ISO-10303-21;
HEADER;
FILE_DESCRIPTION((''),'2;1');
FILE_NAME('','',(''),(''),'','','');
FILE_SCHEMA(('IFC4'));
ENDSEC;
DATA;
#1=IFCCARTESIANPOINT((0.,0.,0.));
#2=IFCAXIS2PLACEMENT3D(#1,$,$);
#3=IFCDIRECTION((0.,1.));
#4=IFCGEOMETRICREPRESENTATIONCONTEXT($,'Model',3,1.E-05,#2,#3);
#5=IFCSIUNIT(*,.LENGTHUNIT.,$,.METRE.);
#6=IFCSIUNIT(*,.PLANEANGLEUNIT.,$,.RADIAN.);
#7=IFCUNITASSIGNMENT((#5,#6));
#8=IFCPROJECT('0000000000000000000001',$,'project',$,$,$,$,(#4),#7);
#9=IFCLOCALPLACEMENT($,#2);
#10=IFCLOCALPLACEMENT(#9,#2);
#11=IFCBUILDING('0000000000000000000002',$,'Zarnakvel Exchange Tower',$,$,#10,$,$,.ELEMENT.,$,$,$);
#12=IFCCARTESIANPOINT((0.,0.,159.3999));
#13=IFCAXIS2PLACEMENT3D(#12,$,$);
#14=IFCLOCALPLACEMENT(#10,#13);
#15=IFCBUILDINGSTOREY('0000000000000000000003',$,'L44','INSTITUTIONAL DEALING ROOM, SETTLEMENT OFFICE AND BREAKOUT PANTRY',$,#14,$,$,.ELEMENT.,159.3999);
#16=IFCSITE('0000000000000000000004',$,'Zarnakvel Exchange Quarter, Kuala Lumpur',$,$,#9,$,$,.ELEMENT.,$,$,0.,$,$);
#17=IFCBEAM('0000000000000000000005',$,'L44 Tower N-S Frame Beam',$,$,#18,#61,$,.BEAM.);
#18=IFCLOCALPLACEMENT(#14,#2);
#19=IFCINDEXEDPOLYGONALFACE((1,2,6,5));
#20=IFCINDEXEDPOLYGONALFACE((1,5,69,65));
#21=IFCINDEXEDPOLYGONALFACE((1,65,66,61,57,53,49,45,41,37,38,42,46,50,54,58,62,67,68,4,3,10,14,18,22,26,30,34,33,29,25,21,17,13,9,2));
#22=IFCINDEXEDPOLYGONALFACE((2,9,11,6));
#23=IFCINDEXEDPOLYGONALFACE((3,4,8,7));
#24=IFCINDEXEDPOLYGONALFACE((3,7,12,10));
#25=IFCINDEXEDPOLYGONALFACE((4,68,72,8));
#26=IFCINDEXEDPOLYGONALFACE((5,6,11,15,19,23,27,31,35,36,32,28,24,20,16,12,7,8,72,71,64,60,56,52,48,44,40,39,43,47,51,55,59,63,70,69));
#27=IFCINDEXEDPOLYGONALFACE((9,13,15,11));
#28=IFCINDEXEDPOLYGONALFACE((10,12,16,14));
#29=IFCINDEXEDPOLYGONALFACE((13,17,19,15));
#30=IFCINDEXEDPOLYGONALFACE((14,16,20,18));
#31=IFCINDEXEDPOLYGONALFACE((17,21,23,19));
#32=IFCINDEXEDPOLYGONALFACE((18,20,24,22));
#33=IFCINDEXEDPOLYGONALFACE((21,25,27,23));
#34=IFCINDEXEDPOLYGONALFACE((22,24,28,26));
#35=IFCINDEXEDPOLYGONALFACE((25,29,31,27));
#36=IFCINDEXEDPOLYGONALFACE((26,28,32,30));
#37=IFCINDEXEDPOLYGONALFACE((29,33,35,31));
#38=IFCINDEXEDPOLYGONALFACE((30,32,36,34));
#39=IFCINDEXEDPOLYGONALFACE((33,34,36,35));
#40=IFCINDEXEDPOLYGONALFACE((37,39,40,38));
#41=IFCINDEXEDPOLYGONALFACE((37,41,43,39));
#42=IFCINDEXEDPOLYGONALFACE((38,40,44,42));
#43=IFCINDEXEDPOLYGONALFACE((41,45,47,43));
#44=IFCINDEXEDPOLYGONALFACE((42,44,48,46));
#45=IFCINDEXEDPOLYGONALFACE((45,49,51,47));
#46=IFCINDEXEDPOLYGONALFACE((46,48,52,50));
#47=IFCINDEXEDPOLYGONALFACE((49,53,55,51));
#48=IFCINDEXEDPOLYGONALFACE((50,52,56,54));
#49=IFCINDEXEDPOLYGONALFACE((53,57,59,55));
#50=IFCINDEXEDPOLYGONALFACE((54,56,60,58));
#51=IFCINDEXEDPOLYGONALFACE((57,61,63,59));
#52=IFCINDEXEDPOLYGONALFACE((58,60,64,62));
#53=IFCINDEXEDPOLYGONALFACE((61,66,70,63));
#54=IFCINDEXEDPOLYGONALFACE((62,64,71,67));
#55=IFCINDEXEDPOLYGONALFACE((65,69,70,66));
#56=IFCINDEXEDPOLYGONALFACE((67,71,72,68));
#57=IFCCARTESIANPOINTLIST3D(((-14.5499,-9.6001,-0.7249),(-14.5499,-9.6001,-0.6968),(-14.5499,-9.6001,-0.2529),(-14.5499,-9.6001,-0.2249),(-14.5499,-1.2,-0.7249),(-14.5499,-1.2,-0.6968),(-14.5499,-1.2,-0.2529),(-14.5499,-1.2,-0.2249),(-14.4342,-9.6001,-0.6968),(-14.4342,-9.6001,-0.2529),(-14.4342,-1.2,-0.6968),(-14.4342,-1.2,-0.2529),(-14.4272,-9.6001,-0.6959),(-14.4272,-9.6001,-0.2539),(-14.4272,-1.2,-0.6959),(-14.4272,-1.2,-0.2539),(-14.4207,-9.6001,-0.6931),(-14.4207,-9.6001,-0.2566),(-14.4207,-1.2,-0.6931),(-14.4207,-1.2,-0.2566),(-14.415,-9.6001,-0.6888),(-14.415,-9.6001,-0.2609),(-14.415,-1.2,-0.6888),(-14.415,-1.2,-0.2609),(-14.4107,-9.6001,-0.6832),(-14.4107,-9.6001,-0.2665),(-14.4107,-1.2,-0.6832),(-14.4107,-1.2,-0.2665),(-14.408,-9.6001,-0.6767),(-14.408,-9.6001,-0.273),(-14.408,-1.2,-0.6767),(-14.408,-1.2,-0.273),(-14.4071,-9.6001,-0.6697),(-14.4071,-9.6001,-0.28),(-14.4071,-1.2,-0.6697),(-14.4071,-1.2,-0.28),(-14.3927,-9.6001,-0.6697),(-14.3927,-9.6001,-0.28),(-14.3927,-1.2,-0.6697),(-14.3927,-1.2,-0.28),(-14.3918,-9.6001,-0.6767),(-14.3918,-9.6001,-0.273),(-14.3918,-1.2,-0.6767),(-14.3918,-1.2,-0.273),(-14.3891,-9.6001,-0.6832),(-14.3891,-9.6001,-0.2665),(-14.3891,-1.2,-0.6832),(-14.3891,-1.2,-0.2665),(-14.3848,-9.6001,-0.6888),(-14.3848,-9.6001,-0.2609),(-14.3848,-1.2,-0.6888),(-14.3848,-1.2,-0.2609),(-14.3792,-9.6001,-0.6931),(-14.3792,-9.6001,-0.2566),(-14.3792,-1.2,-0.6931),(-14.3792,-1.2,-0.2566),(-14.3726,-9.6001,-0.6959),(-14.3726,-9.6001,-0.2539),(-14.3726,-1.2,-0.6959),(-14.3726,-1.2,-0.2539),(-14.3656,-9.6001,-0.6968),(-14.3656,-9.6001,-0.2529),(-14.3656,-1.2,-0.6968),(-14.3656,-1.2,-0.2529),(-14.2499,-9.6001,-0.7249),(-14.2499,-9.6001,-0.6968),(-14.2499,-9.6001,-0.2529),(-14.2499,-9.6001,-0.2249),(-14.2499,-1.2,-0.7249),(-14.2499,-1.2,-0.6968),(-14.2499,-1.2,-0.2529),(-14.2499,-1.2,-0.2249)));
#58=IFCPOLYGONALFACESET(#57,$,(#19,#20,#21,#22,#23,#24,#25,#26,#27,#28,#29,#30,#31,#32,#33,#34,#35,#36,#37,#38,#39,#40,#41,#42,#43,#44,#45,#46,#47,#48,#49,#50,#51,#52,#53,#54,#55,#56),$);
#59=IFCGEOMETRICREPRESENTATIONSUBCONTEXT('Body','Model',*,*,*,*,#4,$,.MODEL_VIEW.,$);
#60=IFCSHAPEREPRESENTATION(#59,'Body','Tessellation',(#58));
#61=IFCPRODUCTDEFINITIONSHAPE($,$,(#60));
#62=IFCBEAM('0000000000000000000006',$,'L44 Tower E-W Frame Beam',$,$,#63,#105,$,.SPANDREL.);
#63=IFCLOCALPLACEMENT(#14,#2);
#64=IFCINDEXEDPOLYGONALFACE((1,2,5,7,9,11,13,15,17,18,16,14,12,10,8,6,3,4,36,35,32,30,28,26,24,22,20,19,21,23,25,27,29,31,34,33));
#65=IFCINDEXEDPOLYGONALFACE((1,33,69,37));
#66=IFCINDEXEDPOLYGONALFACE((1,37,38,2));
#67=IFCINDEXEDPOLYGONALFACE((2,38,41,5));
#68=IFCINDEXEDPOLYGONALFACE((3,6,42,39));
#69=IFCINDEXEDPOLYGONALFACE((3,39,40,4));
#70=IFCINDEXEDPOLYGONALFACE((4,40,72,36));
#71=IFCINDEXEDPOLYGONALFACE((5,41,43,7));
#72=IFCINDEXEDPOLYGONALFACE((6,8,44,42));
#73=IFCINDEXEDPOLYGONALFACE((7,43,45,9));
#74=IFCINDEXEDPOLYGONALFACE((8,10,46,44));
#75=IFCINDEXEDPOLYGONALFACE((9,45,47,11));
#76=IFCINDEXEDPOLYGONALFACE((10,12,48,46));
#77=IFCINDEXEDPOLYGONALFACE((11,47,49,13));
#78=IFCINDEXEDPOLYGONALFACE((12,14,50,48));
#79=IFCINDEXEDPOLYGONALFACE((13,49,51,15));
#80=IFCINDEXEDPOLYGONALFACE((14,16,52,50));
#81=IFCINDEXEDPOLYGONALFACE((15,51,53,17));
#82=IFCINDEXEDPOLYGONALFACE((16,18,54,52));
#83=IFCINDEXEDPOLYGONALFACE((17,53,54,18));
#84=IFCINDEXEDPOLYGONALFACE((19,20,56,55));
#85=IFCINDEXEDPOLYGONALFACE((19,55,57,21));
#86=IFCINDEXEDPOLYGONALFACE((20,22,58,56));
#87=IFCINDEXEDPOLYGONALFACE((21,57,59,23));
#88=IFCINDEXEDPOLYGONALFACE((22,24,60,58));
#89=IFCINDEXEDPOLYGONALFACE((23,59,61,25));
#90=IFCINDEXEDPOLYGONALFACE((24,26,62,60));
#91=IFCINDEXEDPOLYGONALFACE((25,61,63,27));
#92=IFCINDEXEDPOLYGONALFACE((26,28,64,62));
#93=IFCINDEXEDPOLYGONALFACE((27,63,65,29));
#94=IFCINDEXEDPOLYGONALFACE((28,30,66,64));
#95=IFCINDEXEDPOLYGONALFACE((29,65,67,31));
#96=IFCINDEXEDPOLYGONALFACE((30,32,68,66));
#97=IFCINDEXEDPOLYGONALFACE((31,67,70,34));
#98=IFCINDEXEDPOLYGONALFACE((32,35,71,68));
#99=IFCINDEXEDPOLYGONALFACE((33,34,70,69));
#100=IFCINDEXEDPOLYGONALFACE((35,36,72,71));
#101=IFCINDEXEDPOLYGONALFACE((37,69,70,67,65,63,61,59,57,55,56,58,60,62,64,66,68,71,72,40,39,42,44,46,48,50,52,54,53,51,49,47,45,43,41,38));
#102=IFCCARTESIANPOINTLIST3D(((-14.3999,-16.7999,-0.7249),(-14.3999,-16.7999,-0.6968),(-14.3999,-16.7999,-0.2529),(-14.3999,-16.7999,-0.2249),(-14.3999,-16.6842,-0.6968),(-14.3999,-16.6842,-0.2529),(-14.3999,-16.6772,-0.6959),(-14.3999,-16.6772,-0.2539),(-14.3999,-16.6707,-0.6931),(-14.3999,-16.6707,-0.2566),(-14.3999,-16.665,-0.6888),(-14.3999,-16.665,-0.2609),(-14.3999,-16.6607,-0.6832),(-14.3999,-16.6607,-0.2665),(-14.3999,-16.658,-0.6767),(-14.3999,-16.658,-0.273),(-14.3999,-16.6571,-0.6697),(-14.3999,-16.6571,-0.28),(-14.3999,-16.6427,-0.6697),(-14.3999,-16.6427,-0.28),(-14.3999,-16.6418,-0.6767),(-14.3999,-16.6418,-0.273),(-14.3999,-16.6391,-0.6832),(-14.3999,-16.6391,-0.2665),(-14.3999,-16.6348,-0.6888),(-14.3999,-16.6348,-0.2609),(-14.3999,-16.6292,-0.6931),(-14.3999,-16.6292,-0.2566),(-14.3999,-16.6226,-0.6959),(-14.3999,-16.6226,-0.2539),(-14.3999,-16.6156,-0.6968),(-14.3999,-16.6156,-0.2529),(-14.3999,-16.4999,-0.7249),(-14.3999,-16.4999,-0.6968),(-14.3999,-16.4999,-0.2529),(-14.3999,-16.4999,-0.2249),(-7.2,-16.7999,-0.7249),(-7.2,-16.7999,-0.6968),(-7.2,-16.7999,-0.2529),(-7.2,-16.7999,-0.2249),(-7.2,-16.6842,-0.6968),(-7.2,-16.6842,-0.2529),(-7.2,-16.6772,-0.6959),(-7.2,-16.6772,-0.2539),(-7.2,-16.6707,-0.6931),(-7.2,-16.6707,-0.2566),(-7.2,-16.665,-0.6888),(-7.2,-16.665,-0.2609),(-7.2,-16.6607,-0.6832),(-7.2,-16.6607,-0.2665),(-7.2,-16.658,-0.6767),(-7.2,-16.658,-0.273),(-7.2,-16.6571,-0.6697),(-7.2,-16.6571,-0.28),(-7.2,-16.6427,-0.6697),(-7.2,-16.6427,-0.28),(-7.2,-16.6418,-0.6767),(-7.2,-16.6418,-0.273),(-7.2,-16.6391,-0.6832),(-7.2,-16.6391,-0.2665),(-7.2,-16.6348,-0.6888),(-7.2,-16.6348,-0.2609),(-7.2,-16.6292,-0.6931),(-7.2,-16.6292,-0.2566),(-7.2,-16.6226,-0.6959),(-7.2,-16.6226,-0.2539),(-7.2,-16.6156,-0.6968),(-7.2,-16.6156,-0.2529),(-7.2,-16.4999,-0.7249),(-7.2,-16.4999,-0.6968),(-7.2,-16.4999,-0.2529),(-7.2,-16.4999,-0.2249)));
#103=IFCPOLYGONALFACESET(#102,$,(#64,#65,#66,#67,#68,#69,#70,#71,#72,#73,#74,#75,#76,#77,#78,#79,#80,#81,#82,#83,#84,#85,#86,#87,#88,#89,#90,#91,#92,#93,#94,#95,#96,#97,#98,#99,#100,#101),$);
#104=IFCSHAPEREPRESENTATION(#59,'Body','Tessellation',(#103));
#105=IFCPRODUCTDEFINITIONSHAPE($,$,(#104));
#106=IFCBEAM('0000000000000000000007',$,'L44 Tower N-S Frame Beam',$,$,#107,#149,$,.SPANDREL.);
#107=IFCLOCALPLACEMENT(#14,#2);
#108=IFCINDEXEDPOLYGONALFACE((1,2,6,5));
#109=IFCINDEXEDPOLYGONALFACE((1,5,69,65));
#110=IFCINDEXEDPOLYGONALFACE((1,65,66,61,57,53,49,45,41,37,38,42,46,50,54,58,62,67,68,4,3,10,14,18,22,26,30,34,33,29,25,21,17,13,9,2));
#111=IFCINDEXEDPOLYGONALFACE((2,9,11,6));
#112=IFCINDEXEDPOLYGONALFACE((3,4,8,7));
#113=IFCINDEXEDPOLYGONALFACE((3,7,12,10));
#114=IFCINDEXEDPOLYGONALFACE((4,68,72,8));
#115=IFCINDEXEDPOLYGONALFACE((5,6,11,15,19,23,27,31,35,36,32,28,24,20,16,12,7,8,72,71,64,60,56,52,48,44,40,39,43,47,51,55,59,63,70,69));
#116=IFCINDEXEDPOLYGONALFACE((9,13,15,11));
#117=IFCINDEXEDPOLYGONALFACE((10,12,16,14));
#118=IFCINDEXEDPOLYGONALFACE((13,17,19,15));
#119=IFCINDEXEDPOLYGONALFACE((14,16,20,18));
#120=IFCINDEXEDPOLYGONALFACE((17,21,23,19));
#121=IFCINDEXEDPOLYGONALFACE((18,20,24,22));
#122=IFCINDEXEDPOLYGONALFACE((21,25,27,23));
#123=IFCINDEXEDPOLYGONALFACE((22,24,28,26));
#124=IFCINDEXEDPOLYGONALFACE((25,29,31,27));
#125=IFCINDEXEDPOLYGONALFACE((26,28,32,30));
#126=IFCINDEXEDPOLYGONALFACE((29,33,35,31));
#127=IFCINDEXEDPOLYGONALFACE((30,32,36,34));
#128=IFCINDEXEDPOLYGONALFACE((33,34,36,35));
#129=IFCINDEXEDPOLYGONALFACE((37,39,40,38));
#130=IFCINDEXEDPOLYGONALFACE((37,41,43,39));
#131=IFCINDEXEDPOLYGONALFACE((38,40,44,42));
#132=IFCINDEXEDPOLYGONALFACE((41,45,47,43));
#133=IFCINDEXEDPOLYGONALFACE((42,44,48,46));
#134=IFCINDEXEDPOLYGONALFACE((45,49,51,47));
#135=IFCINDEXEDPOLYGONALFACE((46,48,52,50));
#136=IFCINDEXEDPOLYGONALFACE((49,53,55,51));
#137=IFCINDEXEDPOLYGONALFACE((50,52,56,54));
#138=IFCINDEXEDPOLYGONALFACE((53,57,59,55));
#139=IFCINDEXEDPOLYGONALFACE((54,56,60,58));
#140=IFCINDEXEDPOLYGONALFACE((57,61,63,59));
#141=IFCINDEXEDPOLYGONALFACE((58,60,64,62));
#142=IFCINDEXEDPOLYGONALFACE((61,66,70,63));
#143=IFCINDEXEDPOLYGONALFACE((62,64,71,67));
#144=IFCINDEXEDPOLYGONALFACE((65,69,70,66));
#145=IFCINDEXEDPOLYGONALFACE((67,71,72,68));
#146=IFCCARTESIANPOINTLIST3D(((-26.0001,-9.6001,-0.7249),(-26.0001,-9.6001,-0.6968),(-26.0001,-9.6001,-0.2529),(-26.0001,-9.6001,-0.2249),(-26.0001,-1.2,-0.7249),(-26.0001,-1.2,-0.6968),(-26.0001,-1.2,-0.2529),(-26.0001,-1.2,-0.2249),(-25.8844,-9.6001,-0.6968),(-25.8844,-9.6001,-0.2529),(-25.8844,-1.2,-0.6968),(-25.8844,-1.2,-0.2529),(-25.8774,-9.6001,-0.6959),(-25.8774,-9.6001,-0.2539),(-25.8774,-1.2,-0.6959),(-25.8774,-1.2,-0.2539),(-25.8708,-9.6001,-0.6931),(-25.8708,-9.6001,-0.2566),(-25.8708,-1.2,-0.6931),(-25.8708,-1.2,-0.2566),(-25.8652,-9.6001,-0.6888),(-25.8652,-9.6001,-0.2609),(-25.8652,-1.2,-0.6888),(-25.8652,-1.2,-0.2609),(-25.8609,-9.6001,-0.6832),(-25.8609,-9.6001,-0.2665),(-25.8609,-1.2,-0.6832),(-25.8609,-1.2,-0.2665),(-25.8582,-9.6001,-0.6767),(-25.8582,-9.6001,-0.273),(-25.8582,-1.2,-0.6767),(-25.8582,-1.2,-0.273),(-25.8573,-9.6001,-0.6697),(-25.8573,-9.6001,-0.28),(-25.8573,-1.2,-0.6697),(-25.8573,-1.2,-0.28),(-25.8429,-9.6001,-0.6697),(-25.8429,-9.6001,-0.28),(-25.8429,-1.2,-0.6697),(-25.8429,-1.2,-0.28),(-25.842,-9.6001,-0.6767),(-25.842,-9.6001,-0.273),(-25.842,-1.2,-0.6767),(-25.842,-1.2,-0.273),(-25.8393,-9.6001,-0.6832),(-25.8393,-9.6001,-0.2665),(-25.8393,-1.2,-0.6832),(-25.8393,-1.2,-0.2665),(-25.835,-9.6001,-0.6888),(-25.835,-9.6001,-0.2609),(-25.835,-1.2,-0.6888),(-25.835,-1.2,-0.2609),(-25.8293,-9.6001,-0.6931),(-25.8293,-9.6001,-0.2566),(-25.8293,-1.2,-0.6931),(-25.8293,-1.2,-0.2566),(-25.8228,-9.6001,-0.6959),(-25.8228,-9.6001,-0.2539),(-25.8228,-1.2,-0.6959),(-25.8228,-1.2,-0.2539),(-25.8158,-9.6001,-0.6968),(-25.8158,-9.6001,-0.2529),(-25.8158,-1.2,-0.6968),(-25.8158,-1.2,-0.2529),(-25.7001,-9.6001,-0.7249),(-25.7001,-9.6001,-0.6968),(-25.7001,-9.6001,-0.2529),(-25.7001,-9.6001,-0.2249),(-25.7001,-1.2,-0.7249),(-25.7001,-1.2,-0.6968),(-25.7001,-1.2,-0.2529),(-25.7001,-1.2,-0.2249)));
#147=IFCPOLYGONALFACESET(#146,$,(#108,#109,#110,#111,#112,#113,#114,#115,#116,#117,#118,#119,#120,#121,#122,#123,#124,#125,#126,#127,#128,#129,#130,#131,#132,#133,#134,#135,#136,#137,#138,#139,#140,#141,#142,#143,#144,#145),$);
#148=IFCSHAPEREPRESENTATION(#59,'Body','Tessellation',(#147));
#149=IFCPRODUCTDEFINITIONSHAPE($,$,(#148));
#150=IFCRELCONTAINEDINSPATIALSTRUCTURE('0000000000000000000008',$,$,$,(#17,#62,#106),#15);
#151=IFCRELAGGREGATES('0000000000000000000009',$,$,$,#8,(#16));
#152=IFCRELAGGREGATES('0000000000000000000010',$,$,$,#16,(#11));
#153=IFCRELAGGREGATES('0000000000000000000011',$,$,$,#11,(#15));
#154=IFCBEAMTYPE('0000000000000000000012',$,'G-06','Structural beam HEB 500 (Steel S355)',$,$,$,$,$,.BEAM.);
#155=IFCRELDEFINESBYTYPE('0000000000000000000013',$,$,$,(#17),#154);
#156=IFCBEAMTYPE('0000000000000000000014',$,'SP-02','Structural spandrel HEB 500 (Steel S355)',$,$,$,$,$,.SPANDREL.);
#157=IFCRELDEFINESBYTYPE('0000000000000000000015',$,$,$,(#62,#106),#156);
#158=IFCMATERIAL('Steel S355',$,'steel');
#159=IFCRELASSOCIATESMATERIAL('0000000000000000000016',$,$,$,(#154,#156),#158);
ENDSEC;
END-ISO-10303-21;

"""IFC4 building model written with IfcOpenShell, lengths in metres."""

from ifc_helpers import new_model, si_unit, direction, frame, origin, origin_2d, place, context, subcontext, project, spatial, i_section, extrude, material, material_profile, profile_set, type_object, element, save


model = new_model("IFC4")

# Units and contexts
model_context = context("Model", 3, precision=1e-05, world=origin(), true_north=direction((0.0, 1.0)))
body_context = subcontext(model_context, "Body", "Model", "MODEL_VIEW")
ifc_project = project(units=[si_unit("LENGTHUNIT", "METRE"), si_unit("PLANEANGLEUNIT", "RADIAN")], contexts=[model_context])

# Site, building, storey
site_placement = place(None, origin())
site = spatial("IfcSite", under=ifc_project, at=site_placement, Name="Zarnakvel Exchange Quarter, Kuala Lumpur", CompositionType="ELEMENT", RefElevation=0.0)
building_placement = place(site_placement, origin())
building = spatial("IfcBuilding", under=site, at=building_placement, Name="Zarnakvel Exchange Tower", CompositionType="ELEMENT")
storey_placement = place(building_placement, frame((0.0, 0.0, 159.3999)))
storey = spatial("IfcBuildingStorey", under=building, at=storey_placement, Name="L44", Description="INSTITUTIONAL DEALING ROOM, SETTLEMENT OFFICE AND BREAKOUT PANTRY", CompositionType="ELEMENT", Elevation=159.3999)

# Shared definitions
ifc_material_1 = material(Name="Steel S355", Category="steel")

# Beams
ifc_material_profile_1 = material_profile(ifc_material_1, i_section(OverallWidth=0.3, OverallDepth=0.5, WebThickness=0.0144, FlangeThickness=0.0281, FilletRadius=0.0271, at=origin_2d()))
ifc_profile_set_1 = profile_set([ifc_material_profile_1], Name="Steel S355")
beam_type_1 = type_object("IfcBeamType", Name="G-06", Description="Structural beam HEB 500 (Steel S355)", PredefinedType="BEAM", material=ifc_profile_set_1)
beam_1_placement = place(storey_placement, frame((-14.3999, -9.6001, -0.4749), z_axis=(0.0, 1.0, 0.0), x_axis=(-1.0, 0.0, 0.0)))
element("IfcBeam", 1, at=beam_1_placement, inside=storey, type_object=beam_type_1, Name="L44 Tower N-S Frame Beam", PredefinedType="BEAM", context=body_context, shape_type="SweptSolid", body=[
    extrude(i_section(OverallWidth=0.3, OverallDepth=0.5, WebThickness=0.0144, FlangeThickness=0.0281, FilletRadius=0.0271, at=origin_2d()), origin(), (0.0, 0.0, 1.0), 8.4001),
])
ifc_material_profile_2 = material_profile(ifc_material_1, i_section(OverallWidth=0.3, OverallDepth=0.5, WebThickness=0.0144, FlangeThickness=0.0281, FilletRadius=0.0271, at=origin_2d()))
ifc_profile_set_2 = profile_set([ifc_material_profile_2], Name="Steel S355")
beam_type_2 = type_object("IfcBeamType", Name="SP-02", Description="Structural spandrel HEB 500 (Steel S355)", PredefinedType="SPANDREL", material=ifc_profile_set_2)
beam_2_placement = place(storey_placement, frame((-14.3999, -16.6499, -0.4749), z_axis=(1.0, 0.0, 0.0), x_axis=(0.0, 1.0, 0.0)))
element("IfcBeam", 2, at=beam_2_placement, inside=storey, type_object=beam_type_2, Name="L44 Tower E-W Frame Beam", PredefinedType="SPANDREL", context=body_context, shape_type="SweptSolid", body=[
    extrude(i_section(OverallWidth=0.3, OverallDepth=0.5, WebThickness=0.0144, FlangeThickness=0.0281, FilletRadius=0.0271, at=origin_2d()), origin(), (0.0, 0.0, 1.0), 7.2),
])
beam_3_placement = place(storey_placement, frame((-25.8501, -9.6001, -0.4749), z_axis=(0.0, 1.0, 0.0), x_axis=(-1.0, 0.0, 0.0)))
element("IfcBeam", 3, at=beam_3_placement, inside=storey, type_object=beam_type_2, Name="L44 Tower N-S Frame Beam", PredefinedType="SPANDREL", context=body_context, shape_type="SweptSolid", body=[
    extrude(i_section(OverallWidth=0.3, OverallDepth=0.5, WebThickness=0.0144, FlangeThickness=0.0281, FilletRadius=0.0271, at=origin_2d()), origin(), (0.0, 0.0, 1.0), 8.4001),
])

save(model, "model.ifc")
